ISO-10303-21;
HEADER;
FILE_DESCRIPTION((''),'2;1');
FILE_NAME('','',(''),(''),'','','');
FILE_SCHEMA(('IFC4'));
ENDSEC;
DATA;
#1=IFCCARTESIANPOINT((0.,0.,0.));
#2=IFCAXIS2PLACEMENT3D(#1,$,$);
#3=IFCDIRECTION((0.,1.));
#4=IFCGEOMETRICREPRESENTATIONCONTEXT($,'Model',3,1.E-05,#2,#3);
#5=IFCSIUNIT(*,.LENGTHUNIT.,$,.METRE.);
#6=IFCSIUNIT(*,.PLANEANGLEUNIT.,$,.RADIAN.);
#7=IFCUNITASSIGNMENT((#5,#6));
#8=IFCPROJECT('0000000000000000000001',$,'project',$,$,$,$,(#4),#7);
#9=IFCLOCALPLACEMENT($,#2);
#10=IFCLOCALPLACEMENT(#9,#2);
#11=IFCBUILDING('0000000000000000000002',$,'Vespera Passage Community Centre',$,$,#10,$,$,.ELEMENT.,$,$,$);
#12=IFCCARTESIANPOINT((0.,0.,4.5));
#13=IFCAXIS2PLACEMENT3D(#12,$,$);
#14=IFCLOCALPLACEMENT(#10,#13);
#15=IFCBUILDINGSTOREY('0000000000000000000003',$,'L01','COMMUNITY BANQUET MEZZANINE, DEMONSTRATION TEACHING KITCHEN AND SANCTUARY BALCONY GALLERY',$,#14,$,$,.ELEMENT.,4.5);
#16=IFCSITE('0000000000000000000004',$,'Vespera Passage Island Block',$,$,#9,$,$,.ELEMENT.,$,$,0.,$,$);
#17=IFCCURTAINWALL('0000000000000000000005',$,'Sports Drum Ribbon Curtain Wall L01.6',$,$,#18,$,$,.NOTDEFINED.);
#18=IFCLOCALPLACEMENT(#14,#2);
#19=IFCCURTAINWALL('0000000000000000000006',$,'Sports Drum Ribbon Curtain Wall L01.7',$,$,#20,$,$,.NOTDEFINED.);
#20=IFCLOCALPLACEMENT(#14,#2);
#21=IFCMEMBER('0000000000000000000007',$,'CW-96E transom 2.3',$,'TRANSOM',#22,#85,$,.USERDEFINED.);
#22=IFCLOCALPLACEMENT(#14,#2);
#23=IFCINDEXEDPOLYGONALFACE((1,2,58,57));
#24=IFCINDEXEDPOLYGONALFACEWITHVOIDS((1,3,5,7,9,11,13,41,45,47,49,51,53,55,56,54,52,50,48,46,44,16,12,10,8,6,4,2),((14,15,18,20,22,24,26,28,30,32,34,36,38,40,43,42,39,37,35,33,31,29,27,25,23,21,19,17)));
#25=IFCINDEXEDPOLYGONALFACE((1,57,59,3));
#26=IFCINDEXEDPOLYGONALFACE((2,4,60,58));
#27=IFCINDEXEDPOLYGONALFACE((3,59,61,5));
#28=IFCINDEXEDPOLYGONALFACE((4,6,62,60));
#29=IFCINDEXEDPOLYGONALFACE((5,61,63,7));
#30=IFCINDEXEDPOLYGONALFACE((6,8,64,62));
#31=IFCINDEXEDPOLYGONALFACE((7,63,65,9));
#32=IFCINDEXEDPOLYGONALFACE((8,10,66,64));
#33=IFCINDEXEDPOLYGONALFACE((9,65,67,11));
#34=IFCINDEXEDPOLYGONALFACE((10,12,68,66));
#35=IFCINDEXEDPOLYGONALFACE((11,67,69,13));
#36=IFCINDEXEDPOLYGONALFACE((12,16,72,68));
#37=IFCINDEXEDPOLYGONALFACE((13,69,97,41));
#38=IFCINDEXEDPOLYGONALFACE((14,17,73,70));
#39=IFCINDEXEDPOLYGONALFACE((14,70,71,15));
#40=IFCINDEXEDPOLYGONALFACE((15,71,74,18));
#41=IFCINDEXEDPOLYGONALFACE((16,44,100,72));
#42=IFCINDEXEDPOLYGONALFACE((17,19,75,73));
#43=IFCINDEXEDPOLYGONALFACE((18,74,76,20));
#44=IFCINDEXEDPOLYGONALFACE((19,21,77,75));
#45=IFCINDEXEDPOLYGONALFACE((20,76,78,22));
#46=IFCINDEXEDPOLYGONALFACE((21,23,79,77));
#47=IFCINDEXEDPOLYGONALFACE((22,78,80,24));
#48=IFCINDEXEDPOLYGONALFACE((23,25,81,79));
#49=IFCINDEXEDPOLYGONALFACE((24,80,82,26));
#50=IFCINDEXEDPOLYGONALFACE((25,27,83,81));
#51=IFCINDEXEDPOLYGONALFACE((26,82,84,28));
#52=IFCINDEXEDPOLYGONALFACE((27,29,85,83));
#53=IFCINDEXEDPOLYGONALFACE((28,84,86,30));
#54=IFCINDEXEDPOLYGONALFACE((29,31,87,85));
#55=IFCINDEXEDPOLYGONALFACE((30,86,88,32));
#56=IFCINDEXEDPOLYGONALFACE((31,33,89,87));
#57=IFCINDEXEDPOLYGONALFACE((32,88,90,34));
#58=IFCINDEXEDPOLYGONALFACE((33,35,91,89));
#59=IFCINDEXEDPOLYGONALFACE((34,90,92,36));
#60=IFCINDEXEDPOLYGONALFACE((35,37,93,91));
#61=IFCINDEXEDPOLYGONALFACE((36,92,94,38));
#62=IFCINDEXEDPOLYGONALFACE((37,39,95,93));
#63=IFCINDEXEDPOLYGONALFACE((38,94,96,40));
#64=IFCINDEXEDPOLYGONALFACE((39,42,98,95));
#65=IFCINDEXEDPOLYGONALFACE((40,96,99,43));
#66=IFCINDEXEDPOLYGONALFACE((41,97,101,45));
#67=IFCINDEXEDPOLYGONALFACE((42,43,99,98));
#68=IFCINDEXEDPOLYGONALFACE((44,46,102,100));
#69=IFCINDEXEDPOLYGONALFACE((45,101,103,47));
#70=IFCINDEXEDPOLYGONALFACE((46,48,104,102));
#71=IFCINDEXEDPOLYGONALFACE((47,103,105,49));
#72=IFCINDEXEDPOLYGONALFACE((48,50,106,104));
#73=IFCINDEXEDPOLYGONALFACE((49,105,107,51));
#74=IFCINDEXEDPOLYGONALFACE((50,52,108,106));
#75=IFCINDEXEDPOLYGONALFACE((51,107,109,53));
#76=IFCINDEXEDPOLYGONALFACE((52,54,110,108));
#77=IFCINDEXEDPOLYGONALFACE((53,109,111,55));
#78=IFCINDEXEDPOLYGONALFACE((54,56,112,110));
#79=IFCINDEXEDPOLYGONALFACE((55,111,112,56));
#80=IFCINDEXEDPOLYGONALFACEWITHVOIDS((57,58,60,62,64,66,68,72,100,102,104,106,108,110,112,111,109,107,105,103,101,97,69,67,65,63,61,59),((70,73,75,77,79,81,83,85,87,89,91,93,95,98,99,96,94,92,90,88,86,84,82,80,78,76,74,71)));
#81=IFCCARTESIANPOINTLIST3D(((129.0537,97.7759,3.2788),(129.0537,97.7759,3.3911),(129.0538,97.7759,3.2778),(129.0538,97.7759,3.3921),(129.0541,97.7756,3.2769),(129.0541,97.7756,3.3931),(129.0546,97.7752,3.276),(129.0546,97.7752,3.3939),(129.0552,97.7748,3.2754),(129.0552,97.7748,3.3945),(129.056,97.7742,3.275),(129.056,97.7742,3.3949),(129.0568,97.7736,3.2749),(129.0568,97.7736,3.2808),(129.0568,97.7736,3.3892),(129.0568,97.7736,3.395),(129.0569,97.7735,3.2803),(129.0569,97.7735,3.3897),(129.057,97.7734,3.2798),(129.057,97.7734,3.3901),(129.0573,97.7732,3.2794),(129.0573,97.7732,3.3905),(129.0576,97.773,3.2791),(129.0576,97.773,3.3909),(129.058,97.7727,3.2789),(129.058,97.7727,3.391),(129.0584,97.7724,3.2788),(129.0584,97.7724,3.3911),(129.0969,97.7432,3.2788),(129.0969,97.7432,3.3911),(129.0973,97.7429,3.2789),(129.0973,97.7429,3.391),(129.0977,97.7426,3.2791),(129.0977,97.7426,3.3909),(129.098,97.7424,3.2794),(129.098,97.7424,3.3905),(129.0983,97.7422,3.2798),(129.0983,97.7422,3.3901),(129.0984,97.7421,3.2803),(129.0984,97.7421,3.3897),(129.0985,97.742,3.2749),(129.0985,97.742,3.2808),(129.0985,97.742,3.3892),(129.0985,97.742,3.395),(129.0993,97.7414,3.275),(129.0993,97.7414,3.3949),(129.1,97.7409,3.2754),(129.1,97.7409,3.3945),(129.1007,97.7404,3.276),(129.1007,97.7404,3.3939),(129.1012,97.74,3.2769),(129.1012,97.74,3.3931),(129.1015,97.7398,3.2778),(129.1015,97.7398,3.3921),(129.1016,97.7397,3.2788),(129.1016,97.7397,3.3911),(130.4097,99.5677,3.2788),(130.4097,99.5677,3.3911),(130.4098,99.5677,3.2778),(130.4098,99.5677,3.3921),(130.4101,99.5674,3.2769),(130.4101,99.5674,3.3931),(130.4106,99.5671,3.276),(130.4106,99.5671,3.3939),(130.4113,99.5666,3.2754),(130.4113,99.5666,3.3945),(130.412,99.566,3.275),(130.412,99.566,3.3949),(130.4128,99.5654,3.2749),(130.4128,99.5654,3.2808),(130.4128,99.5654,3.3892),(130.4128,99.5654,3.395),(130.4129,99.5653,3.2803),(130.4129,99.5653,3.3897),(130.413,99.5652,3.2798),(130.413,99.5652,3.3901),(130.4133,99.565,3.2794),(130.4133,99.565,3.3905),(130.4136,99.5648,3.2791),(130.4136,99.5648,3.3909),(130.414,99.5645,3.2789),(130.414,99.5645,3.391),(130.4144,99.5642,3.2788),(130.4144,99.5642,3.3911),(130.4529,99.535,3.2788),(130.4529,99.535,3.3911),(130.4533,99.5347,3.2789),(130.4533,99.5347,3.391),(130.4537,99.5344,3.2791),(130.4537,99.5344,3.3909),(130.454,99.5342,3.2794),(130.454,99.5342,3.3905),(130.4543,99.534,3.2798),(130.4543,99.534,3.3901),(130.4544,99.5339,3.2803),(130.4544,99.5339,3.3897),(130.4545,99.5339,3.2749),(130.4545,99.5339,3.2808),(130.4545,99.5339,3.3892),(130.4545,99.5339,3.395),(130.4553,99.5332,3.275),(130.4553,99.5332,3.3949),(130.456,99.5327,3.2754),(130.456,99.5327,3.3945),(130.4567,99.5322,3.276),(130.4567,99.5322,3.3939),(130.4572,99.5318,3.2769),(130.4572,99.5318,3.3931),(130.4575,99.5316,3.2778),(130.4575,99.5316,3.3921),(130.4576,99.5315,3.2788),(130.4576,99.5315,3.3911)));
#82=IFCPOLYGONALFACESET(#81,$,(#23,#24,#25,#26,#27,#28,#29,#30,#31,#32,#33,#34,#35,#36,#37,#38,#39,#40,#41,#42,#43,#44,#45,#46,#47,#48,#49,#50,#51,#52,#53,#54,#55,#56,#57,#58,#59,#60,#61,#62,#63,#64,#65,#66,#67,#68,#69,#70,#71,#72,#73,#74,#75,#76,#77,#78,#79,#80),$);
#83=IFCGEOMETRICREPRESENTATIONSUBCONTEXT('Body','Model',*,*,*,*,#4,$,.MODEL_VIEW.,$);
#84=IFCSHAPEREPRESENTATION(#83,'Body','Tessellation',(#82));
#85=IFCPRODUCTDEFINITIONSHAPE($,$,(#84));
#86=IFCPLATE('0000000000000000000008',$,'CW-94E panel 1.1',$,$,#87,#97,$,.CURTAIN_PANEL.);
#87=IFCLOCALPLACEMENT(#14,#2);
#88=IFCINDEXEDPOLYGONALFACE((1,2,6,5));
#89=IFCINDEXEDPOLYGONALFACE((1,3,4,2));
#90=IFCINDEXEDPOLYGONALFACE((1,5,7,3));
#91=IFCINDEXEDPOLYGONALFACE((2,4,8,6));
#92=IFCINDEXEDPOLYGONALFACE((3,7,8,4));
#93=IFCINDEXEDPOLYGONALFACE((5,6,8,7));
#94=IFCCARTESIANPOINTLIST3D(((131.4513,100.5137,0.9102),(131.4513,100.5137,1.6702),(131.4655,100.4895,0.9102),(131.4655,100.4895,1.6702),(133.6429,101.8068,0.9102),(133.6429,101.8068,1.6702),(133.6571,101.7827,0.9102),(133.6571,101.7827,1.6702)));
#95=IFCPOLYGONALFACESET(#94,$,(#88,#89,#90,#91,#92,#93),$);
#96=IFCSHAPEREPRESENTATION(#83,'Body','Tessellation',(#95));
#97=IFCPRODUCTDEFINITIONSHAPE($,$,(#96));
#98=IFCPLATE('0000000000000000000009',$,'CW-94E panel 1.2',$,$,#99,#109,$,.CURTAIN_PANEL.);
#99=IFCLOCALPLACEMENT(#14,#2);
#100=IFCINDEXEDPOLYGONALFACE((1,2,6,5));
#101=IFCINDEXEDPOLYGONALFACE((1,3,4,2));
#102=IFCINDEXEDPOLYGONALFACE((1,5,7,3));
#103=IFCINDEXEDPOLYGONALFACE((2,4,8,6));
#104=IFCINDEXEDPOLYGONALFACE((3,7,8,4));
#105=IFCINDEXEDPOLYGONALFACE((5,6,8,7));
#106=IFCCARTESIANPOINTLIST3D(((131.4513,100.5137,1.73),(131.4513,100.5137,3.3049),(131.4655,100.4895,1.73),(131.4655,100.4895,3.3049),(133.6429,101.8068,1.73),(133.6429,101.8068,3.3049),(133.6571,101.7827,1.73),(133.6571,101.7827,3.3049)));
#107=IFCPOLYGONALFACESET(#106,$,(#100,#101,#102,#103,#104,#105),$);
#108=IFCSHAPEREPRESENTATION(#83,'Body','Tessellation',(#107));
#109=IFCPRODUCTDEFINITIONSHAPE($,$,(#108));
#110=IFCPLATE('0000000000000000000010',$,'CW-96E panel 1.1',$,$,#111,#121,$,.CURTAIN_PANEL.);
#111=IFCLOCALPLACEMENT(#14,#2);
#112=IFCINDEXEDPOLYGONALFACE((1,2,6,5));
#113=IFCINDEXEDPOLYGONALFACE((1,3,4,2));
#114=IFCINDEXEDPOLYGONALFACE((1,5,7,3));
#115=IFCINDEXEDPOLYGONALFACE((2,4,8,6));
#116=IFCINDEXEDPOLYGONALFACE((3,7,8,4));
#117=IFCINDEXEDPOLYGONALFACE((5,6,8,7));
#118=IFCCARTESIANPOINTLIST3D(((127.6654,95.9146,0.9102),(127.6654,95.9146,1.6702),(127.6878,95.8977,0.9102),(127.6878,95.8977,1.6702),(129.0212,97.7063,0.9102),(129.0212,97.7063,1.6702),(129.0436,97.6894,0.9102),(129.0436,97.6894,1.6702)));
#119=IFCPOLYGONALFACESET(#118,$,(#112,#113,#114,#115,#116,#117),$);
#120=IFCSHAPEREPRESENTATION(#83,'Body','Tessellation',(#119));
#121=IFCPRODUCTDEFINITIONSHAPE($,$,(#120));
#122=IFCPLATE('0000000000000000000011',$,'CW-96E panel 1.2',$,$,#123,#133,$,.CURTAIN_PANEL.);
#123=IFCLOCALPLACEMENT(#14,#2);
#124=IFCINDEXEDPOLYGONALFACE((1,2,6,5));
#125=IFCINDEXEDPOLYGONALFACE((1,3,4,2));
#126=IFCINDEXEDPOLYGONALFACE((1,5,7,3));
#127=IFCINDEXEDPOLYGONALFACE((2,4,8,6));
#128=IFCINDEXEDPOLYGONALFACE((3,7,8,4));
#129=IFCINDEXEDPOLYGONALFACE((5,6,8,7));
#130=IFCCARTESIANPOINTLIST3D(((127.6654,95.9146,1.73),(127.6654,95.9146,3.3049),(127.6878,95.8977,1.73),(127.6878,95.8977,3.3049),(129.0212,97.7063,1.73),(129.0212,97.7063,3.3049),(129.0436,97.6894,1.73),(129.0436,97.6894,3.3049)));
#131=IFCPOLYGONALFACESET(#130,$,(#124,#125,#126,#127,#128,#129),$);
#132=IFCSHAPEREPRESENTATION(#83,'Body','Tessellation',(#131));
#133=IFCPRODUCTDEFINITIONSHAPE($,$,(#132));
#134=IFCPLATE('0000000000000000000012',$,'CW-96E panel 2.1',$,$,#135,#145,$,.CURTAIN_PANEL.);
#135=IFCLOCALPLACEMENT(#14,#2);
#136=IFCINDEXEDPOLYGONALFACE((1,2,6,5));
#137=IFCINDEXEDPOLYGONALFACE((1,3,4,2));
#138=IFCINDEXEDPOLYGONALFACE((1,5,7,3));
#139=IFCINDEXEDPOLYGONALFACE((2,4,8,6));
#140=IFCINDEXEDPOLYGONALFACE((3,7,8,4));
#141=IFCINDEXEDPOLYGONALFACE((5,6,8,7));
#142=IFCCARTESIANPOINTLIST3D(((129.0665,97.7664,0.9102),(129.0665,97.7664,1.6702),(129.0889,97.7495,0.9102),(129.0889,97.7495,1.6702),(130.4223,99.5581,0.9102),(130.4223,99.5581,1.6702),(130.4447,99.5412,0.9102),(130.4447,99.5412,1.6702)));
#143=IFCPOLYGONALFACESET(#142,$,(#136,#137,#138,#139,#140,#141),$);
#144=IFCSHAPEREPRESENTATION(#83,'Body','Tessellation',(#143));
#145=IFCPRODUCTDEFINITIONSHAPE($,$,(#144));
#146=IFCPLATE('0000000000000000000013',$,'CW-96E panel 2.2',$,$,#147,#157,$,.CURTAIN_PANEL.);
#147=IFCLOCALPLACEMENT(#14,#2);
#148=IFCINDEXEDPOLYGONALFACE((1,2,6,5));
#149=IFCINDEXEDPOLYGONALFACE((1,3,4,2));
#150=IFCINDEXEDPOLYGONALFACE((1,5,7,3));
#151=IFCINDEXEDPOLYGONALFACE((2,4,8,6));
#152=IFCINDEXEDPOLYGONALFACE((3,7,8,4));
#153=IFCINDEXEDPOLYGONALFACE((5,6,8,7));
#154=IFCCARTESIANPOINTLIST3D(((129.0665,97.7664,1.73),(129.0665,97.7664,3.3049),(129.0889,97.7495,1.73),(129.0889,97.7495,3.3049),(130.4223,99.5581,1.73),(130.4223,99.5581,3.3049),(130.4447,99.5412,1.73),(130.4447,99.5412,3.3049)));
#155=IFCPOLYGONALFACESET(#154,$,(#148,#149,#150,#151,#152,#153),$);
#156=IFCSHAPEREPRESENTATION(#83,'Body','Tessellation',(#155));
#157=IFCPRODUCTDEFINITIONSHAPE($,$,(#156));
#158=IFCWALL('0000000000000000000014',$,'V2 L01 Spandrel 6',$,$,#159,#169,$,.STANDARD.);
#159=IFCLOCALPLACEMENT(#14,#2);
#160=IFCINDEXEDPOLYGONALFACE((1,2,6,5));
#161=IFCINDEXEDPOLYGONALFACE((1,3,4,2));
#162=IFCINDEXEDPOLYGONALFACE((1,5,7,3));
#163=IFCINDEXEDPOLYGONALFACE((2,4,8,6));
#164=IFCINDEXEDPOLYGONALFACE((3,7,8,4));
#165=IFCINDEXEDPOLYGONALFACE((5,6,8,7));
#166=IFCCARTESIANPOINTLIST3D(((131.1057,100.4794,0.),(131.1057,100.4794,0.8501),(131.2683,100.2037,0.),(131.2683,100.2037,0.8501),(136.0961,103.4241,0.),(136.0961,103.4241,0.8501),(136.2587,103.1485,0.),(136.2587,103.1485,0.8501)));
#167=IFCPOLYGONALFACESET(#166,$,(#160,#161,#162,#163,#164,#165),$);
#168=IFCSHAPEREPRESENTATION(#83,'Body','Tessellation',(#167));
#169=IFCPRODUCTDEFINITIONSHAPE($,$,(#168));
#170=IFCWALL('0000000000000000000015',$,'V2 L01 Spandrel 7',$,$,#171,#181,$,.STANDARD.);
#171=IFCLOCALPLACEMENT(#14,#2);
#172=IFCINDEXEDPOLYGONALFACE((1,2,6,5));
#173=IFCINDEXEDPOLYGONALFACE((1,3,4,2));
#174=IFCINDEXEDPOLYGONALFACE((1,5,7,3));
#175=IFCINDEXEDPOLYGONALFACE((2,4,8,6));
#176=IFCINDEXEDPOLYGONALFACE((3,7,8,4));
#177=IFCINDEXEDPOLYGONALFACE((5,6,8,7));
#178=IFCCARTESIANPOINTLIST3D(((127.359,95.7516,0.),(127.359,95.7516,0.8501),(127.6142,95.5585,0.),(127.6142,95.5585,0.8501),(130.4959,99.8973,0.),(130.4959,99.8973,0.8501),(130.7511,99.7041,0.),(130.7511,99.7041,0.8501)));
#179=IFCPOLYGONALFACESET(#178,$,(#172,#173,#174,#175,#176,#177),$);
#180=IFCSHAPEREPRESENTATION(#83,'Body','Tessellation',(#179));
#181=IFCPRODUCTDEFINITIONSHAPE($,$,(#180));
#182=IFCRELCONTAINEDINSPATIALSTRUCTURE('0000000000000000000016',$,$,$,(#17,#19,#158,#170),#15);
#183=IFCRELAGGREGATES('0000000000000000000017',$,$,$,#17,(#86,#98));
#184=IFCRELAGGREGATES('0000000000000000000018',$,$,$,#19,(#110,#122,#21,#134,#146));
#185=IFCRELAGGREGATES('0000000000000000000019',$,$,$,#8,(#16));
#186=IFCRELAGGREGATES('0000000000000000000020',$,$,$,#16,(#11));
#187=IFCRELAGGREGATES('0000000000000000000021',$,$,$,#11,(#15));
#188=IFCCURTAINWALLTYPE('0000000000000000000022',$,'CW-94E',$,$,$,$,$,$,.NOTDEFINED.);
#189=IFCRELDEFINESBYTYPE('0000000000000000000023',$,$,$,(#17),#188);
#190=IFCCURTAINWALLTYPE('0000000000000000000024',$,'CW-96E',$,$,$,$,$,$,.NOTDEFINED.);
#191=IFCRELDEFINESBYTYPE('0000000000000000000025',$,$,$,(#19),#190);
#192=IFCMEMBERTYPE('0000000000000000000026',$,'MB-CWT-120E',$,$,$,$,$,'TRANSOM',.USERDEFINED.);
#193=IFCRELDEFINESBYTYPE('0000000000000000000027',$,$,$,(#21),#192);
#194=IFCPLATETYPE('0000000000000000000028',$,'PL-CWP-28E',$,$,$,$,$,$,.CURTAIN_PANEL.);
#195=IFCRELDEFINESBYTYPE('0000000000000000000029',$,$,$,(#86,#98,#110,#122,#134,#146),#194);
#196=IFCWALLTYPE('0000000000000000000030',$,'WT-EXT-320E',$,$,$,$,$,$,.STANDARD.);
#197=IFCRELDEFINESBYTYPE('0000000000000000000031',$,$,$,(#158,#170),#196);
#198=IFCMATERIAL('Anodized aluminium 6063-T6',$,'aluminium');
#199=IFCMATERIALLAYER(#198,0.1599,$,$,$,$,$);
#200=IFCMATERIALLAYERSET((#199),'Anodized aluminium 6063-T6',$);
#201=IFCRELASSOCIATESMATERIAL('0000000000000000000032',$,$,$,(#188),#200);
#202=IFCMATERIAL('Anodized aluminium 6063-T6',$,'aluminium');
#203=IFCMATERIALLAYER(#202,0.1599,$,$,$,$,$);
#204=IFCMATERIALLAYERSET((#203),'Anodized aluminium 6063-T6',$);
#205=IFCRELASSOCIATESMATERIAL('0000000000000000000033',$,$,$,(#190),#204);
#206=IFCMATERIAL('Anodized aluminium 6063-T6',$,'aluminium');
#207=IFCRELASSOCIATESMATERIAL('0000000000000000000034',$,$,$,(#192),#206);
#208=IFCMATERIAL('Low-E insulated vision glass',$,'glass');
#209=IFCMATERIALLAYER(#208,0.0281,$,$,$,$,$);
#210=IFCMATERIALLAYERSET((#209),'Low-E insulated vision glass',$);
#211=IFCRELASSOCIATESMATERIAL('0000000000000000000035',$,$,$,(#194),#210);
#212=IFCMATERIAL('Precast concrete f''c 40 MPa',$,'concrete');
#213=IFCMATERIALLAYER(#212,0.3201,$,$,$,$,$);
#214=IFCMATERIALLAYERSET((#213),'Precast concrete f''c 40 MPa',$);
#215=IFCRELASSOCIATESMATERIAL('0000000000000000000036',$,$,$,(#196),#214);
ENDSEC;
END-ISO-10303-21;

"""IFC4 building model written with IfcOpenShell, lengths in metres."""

from ifc_helpers import new_model, si_unit, direction, frame, frame_2d, origin, origin_2d, place, context, subcontext, project, spatial, rectangle, hollow_rectangle, extrude, material, layer, layer_set, material_profile, profile_set, type_object, element, aggregate, save


model = new_model("IFC4")

# Units and contexts
model_context = context("Model", 3, precision=1e-05, world=origin(), true_north=direction((0.0, 1.0)))
body_context = subcontext(model_context, "Body", "Model", "MODEL_VIEW")
ifc_project = project(units=[si_unit("LENGTHUNIT", "METRE"), si_unit("PLANEANGLEUNIT", "RADIAN")], contexts=[model_context])

# Site, building, storey
site_placement = place(None, origin())
site = spatial("IfcSite", under=ifc_project, at=site_placement, Name="Vespera Passage Island Block", CompositionType="ELEMENT", RefElevation=0.0)
building_placement = place(site_placement, origin())
building = spatial("IfcBuilding", under=site, at=building_placement, Name="Vespera Passage Community Centre", CompositionType="ELEMENT")
storey_placement = place(building_placement, frame((0.0, 0.0, 4.5)))
storey = spatial("IfcBuildingStorey", under=building, at=storey_placement, Name="L01", Description="COMMUNITY BANQUET MEZZANINE, DEMONSTRATION TEACHING KITCHEN AND SANCTUARY BALCONY GALLERY", CompositionType="ELEMENT", Elevation=4.5)

# Curtain wall
ifc_material_1 = material(Name="Anodized aluminium 6063-T6", Category="aluminium")
ifc_layer_1 = layer(ifc_material_1, 0.1599)
ifc_layer_set_1 = layer_set([ifc_layer_1], Name="Anodized aluminium 6063-T6")
curtain_wall_type_1 = type_object("IfcCurtainWallType", Name="CW-94E", PredefinedType="NOTDEFINED", material=ifc_layer_set_1)
curtain_wall_1_placement = place(storey_placement, origin())
curtain_wall_1 = element("IfcCurtainWall", 1, at=curtain_wall_1_placement, inside=storey, type_object=curtain_wall_type_1, Name="Sports Drum Ribbon Curtain Wall L01.6", PredefinedType="NOTDEFINED")

# Curtain wall
ifc_material_2 = material(Name="Anodized aluminium 6063-T6", Category="aluminium")
ifc_layer_2 = layer(ifc_material_2, 0.1599)
ifc_layer_set_2 = layer_set([ifc_layer_2], Name="Anodized aluminium 6063-T6")
curtain_wall_type_2 = type_object("IfcCurtainWallType", Name="CW-96E", PredefinedType="NOTDEFINED", material=ifc_layer_set_2)
curtain_wall_2_placement = place(storey_placement, origin())
curtain_wall_2 = element("IfcCurtainWall", 2, at=curtain_wall_2_placement, inside=storey, type_object=curtain_wall_type_2, Name="Sports Drum Ribbon Curtain Wall L01.7", PredefinedType="NOTDEFINED")

# Member
ifc_material_3 = material(Name="Anodized aluminium 6063-T6", Category="aluminium")
ifc_material_profile_1 = material_profile(ifc_material_3, hollow_rectangle(XDim=0.0601, YDim=0.1201, WallThickness=0.0039, InnerFilletRadius=0.002, OuterFilletRadius=0.0039, at=origin_2d()), Name="ALU120X60X4")
ifc_profile_set_1 = profile_set([ifc_material_profile_1], Name="Anodized aluminium 6063-T6")
member_type_1 = type_object("IfcMemberType", Name="MB-CWT-120E", ElementType="TRANSOM", PredefinedType="USERDEFINED", material=ifc_profile_set_1)
member_1_placement = place(storey_placement, frame((129.0776, 97.7578, 3.335), z_axis=(0.603454, 0.797398, 0.0), x_axis=(-0.797398, 0.603454, 0.0)))
member_1 = element("IfcMember", 3, at=member_1_placement, type_object=member_type_1, Name="CW-96E transom 2.3", ObjectType="TRANSOM", PredefinedType="USERDEFINED", context=body_context, shape_type="SweptSolid", body=[
    extrude(hollow_rectangle(XDim=0.0601, YDim=0.1201, WallThickness=0.0039, InnerFilletRadius=0.002, OuterFilletRadius=0.0039, at=origin_2d()), origin(), (0.0, 0.0, 1.0), 2.2471),
])

# Plates
ifc_material_4 = material(Name="Low-E insulated vision glass", Category="glass")
ifc_layer_3 = layer(ifc_material_4, 0.0281)
ifc_layer_set_3 = layer_set([ifc_layer_3], Name="Low-E insulated vision glass")
plate_type = type_object("IfcPlateType", Name="PL-CWP-28E", PredefinedType="CURTAIN_PANEL", material=ifc_layer_set_3)
plate_1_placement = place(storey_placement, frame((132.5542, 101.1482, 0.9102), z_axis=(0.0, 0.0, 1.0), x_axis=(0.861257, 0.50817, 0.0)))
plate_1 = element("IfcPlate", 4, at=plate_1_placement, type_object=plate_type, Name="CW-94E panel 1.1", PredefinedType="CURTAIN_PANEL", context=body_context, shape_type="SweptSolid", body=[
    extrude(rectangle(XDim=2.5447, YDim=0.0281, at=origin_2d()), origin(), (0.0, 0.0, 1.0), 0.76),
])
plate_2_placement = place(storey_placement, frame((132.5542, 101.1482, 1.73), z_axis=(0.0, 0.0, 1.0), x_axis=(0.861257, 0.50817, 0.0)))
plate_2 = element("IfcPlate", 5, at=plate_2_placement, type_object=plate_type, Name="CW-94E panel 1.2", PredefinedType="CURTAIN_PANEL", context=body_context, shape_type="SweptSolid", body=[
    extrude(rectangle(XDim=2.5447, YDim=0.0281, at=origin_2d()), origin(), (0.0, 0.0, 1.0), 1.575),
])
aggregate(curtain_wall_1, [plate_1, plate_2])
plate_3_placement = place(storey_placement, frame((128.3545, 96.802, 0.9102), z_axis=(0.0, 0.0, 1.0), x_axis=(0.603406, 0.797434, 0.0)))
plate_3 = element("IfcPlate", 6, at=plate_3_placement, type_object=plate_type, Name="CW-96E panel 1.1", PredefinedType="CURTAIN_PANEL", context=body_context, shape_type="SweptSolid", body=[
    extrude(rectangle(XDim=2.2468, YDim=0.0281, at=origin_2d()), origin(), (0.0, 0.0, 1.0), 0.76),
])
plate_4_placement = place(storey_placement, frame((128.3545, 96.802, 1.73), z_axis=(0.0, 0.0, 1.0), x_axis=(0.603406, 0.797434, 0.0)))
plate_4 = element("IfcPlate", 7, at=plate_4_placement, type_object=plate_type, Name="CW-96E panel 1.2", PredefinedType="CURTAIN_PANEL", context=body_context, shape_type="SweptSolid", body=[
    extrude(rectangle(XDim=2.2468, YDim=0.0281, at=origin_2d()), origin(), (0.0, 0.0, 1.0), 1.575),
])
plate_5_placement = place(storey_placement, frame((129.7556, 98.6538, 0.9102), z_axis=(0.0, 0.0, 1.0), x_axis=(0.603406, 0.797434, 0.0)))
plate_5 = element("IfcPlate", 8, at=plate_5_placement, type_object=plate_type, Name="CW-96E panel 2.1", PredefinedType="CURTAIN_PANEL", context=body_context, shape_type="SweptSolid", body=[
    extrude(rectangle(XDim=2.2468, YDim=0.0281, at=origin_2d()), origin(), (0.0, 0.0, 1.0), 0.76),
])
plate_6_placement = place(storey_placement, frame((129.7556, 98.6538, 1.73), z_axis=(0.0, 0.0, 1.0), x_axis=(0.603406, 0.797434, 0.0)))
plate_6 = element("IfcPlate", 9, at=plate_6_placement, type_object=plate_type, Name="CW-96E panel 2.2", PredefinedType="CURTAIN_PANEL", context=body_context, shape_type="SweptSolid", body=[
    extrude(rectangle(XDim=2.2468, YDim=0.0281, at=origin_2d()), origin(), (0.0, 0.0, 1.0), 1.575),
])
aggregate(curtain_wall_2, [plate_3, plate_4, member_1, plate_5, plate_6])

# Walls
ifc_material_5 = material(Name="Precast concrete f'c 40 MPa", Category="concrete")
ifc_layer_4 = layer(ifc_material_5, 0.3201)
ifc_layer_set_4 = layer_set([ifc_layer_4], Name="Precast concrete f'c 40 MPa")
wall_type = type_object("IfcWallType", Name="WT-EXT-320E", PredefinedType="STANDARD", material=ifc_layer_set_4)
wall_1_placement = place(storey_placement, frame((131.187, 100.3416, 0.0), z_axis=(0.0, 0.0, 1.0), x_axis=(0.861236, 0.508205, 0.0)))
element("IfcWall", 10, at=wall_1_placement, inside=storey, type_object=wall_type, Name="V2 L01 Spandrel 6", PredefinedType="STANDARD", context=body_context, shape_type="SweptSolid", body=[
    extrude(rectangle(XDim=5.7944, YDim=0.3201, at=frame_2d((2.8972, 0.0))), origin(), (0.0, 0.0, 1.0), 0.8501),
])
wall_2_placement = place(storey_placement, frame((127.4866, 95.655, 0.0), z_axis=(0.0, 0.0, 1.0), x_axis=(0.603398, 0.79744, 0.0)))
element("IfcWall", 11, at=wall_2_placement, inside=storey, type_object=wall_type, Name="V2 L01 Spandrel 7", PredefinedType="STANDARD", context=body_context, shape_type="SweptSolid", body=[
    extrude(rectangle(XDim=5.1987, YDim=0.3201, at=frame_2d((2.5994, 0.0))), origin(), (0.0, 0.0, 1.0), 0.8501),
])

save(model, "model.ifc")
